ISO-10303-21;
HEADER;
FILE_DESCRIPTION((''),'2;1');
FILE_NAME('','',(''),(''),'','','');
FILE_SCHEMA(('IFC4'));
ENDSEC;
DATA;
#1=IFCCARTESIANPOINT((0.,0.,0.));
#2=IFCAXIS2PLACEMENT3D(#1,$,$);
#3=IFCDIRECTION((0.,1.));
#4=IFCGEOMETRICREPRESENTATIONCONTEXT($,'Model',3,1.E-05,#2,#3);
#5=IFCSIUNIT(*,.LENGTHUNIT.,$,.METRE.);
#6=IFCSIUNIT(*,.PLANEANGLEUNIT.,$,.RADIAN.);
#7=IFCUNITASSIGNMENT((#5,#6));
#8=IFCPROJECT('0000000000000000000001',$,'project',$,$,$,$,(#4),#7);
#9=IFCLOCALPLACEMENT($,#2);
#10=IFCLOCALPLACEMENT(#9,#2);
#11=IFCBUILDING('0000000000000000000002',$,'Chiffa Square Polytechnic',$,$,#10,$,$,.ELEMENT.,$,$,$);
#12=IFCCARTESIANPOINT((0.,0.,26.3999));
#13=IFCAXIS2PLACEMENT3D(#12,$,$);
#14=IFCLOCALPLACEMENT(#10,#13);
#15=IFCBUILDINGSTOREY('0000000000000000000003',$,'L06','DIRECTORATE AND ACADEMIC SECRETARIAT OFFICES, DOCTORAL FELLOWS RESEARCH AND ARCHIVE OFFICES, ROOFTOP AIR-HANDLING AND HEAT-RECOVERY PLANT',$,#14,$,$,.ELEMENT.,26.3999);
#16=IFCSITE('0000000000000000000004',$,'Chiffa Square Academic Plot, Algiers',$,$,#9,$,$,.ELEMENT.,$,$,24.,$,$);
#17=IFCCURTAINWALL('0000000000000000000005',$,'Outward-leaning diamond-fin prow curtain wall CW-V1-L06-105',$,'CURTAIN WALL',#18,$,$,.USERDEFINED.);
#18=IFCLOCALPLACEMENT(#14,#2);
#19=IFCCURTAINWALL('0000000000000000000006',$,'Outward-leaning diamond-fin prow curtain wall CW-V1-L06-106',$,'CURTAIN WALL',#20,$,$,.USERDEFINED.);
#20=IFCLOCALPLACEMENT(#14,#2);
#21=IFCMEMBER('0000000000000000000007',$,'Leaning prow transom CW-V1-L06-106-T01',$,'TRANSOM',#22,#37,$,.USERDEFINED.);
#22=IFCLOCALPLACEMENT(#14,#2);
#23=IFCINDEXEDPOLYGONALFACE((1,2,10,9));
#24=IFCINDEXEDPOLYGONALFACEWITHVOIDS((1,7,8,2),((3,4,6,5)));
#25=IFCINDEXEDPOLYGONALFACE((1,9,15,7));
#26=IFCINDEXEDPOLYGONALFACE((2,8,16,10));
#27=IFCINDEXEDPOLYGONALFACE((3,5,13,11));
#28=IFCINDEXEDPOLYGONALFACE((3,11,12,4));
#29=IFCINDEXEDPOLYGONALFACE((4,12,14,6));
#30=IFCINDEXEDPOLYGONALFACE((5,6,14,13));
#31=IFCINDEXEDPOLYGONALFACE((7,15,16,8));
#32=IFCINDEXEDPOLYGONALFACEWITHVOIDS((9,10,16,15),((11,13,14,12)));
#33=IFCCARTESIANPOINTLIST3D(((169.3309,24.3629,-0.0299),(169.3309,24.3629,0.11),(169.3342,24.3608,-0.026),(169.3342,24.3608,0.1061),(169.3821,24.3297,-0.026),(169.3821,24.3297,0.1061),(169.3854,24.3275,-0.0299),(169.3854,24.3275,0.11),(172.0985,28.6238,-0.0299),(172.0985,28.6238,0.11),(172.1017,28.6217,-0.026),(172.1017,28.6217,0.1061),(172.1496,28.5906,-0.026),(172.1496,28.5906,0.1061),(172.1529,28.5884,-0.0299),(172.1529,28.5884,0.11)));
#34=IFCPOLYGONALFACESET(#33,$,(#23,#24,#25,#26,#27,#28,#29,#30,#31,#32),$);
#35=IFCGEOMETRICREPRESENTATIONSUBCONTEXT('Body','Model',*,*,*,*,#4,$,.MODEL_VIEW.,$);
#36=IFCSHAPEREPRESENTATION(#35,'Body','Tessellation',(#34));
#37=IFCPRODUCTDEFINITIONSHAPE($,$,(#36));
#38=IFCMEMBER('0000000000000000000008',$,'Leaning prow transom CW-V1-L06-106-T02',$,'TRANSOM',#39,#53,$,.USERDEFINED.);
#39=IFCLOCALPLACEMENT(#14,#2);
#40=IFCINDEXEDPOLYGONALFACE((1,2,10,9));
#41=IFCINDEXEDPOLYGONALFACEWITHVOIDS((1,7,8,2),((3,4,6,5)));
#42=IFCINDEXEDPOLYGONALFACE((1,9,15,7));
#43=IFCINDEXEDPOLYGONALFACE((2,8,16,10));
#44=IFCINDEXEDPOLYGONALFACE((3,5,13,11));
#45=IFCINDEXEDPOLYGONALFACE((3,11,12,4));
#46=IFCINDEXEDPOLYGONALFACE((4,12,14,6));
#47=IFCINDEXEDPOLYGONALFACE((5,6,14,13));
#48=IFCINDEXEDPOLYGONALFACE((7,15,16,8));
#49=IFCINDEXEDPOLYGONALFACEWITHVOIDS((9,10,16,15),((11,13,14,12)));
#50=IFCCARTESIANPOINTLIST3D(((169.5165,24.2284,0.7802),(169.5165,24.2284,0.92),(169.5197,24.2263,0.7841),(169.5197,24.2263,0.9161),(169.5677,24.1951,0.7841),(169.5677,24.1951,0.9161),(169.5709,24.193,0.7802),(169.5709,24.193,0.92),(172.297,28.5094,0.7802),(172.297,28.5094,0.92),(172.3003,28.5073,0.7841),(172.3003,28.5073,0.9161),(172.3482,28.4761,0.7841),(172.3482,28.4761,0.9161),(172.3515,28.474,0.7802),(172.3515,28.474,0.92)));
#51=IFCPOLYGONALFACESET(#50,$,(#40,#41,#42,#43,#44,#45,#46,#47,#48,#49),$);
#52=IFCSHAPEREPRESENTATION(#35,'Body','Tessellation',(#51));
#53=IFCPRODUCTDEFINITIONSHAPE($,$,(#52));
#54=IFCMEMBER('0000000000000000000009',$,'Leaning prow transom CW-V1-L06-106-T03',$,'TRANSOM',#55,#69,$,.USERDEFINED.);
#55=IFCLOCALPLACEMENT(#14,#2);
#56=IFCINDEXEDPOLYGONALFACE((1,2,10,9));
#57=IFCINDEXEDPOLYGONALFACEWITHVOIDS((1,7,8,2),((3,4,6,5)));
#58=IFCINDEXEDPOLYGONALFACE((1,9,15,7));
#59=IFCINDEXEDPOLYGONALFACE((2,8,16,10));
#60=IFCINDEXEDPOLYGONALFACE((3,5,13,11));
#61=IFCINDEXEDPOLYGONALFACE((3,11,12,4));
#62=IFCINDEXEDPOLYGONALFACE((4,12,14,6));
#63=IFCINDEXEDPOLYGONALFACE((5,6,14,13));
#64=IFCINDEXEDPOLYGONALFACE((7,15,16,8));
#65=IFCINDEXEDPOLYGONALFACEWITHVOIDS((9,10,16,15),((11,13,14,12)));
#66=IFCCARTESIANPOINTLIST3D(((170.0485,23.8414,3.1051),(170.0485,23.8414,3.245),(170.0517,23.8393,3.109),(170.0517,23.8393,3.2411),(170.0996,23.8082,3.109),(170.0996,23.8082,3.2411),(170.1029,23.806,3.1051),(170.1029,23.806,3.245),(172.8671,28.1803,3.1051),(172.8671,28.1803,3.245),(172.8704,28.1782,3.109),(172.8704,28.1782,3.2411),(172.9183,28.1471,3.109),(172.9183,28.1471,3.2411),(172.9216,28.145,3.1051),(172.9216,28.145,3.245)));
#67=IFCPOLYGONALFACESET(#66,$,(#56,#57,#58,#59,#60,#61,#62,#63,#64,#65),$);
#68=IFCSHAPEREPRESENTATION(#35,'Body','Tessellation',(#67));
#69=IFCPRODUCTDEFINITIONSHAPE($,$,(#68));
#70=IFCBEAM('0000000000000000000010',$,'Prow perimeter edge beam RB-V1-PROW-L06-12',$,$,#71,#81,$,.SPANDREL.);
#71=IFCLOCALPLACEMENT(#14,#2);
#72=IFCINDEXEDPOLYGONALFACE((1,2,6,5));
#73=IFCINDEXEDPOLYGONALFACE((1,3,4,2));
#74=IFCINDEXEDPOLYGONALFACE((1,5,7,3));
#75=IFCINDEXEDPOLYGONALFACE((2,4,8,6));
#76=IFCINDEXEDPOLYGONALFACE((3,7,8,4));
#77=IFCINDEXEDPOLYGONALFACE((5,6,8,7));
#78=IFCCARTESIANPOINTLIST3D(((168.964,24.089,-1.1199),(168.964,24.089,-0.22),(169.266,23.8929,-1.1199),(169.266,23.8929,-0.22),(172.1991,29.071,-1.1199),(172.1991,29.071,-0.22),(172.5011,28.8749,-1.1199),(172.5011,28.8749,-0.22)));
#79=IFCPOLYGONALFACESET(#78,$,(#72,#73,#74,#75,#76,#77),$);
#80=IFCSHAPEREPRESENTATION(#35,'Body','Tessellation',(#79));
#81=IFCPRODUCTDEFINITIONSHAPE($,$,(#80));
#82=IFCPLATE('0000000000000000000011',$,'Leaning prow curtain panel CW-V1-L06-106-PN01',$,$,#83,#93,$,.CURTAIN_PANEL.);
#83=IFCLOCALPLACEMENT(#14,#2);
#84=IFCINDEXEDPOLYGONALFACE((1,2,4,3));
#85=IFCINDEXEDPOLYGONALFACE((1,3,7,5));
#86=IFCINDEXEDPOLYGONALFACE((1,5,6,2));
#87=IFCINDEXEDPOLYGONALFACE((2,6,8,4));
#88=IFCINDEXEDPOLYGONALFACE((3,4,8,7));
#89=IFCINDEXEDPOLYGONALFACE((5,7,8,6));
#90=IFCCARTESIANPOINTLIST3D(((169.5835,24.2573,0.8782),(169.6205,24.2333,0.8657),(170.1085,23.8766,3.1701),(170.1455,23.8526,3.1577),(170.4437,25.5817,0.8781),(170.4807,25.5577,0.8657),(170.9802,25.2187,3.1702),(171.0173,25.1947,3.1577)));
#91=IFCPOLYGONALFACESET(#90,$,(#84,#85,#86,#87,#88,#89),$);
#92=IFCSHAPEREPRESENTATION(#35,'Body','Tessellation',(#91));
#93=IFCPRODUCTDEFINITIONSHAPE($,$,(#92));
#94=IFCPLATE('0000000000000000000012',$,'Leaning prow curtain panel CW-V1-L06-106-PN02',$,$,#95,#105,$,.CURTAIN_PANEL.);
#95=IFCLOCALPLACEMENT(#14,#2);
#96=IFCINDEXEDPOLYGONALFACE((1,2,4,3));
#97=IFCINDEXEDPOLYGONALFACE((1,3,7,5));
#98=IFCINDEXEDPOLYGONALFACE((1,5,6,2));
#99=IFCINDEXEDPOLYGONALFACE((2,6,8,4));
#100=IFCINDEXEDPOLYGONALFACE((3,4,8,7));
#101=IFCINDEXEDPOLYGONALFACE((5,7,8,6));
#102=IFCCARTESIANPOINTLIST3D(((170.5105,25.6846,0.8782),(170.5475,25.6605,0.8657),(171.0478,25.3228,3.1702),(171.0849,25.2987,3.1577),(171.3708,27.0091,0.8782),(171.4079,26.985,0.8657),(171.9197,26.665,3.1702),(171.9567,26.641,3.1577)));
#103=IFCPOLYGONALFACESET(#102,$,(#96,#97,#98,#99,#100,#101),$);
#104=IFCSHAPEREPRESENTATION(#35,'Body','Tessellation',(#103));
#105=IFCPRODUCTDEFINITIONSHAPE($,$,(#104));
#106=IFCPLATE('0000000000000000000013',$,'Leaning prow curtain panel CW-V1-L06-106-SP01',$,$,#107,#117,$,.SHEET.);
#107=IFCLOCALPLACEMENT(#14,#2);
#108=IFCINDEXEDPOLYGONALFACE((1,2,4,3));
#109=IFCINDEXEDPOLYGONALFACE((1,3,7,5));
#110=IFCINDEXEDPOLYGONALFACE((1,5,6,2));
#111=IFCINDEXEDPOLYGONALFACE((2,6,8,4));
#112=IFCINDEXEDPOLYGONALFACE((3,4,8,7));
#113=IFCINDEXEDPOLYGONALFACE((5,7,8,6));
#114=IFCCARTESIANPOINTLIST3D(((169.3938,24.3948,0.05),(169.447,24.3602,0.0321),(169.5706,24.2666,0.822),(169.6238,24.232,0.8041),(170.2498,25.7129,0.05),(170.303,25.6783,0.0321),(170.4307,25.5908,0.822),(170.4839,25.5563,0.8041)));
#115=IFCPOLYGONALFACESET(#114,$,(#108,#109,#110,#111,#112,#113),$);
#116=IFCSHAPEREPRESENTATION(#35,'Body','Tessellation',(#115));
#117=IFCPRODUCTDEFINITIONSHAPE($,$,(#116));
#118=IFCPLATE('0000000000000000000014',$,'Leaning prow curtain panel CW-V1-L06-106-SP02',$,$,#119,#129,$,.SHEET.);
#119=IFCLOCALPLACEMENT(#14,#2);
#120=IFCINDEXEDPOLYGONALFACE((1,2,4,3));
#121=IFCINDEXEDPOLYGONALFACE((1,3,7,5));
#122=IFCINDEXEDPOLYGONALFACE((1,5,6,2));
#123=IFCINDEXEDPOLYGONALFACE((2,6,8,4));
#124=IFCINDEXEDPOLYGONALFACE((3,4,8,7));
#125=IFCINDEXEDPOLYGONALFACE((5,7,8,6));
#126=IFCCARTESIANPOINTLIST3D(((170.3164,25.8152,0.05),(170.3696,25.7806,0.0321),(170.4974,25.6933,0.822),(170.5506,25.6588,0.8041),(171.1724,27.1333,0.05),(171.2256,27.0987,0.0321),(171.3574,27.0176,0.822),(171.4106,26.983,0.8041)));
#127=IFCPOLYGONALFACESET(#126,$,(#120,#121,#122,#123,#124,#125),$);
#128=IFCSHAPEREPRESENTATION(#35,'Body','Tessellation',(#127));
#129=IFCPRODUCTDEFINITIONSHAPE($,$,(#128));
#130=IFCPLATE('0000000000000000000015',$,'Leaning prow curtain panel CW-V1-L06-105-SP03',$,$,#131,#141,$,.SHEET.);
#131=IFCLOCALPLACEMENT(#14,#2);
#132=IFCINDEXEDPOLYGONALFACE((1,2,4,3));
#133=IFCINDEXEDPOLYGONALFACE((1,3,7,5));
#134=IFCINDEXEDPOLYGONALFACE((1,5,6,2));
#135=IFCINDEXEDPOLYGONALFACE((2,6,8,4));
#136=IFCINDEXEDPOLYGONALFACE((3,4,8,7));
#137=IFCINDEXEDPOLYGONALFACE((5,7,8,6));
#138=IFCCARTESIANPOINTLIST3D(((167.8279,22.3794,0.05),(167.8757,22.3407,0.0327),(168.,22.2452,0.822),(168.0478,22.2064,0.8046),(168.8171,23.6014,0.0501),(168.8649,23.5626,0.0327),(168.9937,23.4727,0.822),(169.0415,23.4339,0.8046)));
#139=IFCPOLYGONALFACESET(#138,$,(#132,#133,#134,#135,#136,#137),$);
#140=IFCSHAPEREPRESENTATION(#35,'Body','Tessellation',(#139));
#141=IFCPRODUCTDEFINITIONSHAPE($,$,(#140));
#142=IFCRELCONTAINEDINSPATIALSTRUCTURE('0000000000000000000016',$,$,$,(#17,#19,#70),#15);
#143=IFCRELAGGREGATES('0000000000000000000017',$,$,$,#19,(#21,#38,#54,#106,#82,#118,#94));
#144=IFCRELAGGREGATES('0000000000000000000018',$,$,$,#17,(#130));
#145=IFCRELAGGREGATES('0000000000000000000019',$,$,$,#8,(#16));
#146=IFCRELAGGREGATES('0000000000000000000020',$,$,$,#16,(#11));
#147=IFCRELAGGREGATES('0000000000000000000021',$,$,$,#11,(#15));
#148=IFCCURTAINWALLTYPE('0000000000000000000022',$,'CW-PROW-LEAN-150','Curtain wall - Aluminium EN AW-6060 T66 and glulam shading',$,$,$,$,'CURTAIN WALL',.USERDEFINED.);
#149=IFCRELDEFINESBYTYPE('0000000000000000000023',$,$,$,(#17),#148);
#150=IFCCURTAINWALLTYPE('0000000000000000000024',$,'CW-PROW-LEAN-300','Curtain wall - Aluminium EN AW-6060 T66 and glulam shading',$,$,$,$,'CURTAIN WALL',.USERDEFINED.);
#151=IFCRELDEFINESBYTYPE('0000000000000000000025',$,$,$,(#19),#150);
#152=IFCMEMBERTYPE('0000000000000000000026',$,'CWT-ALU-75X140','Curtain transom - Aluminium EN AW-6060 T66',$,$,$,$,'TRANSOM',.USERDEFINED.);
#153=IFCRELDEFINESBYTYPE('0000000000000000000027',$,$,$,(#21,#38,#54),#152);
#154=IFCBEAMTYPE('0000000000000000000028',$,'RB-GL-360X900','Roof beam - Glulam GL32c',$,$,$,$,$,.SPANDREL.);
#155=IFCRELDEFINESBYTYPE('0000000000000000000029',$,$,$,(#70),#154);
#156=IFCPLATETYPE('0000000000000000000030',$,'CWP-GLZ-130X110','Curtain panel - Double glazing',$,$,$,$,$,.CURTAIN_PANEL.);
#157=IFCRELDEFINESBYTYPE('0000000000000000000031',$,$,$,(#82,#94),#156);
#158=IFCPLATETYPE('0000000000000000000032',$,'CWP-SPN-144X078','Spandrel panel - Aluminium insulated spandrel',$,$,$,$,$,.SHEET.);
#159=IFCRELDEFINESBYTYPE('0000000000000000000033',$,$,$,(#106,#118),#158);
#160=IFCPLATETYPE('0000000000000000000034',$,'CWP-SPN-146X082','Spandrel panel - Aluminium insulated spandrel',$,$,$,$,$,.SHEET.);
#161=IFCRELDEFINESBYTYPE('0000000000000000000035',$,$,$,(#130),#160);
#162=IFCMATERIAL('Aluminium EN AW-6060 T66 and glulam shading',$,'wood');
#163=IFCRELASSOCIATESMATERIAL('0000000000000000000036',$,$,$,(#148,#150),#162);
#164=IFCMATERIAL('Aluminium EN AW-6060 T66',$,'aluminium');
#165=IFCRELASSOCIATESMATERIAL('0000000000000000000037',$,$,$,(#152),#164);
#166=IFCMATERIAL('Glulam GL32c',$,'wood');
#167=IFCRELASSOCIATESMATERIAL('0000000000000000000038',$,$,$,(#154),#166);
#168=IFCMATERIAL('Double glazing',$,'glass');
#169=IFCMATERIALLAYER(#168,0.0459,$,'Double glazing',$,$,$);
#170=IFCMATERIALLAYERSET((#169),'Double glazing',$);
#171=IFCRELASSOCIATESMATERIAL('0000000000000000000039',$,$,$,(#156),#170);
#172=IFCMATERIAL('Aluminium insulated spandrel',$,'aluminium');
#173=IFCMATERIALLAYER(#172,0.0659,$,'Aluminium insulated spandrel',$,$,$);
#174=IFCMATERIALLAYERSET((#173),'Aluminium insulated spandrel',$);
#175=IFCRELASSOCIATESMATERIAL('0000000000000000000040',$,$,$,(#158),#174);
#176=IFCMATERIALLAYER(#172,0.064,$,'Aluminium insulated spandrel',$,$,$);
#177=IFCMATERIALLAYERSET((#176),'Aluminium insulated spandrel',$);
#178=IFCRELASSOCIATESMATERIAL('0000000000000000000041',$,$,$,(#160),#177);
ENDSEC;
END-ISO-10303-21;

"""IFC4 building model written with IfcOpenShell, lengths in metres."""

from ifc_helpers import new_model, si_unit, direction, frame, origin, origin_2d, place, context, subcontext, project, spatial, polyline, rectangle, hollow_rectangle, outline, extrude, material, layer, layer_set, material_profile, profile_set, type_object, element, aggregate, save


model = new_model("IFC4")

# Units and contexts
model_context = context("Model", 3, precision=1e-05, world=origin(), true_north=direction((0.0, 1.0)))
body_context = subcontext(model_context, "Body", "Model", "MODEL_VIEW")
ifc_project = project(units=[si_unit("LENGTHUNIT", "METRE"), si_unit("PLANEANGLEUNIT", "RADIAN")], contexts=[model_context])

# Site, building, storey
site_placement = place(None, origin())
site = spatial("IfcSite", under=ifc_project, at=site_placement, Name="Chiffa Square Academic Plot, Algiers", CompositionType="ELEMENT", RefElevation=24.0)
building_placement = place(site_placement, origin())
building = spatial("IfcBuilding", under=site, at=building_placement, Name="Chiffa Square Polytechnic", CompositionType="ELEMENT")
storey_placement = place(building_placement, frame((0.0, 0.0, 26.3999)))
storey = spatial("IfcBuildingStorey", under=building, at=storey_placement, Name="L06", Description="DIRECTORATE AND ACADEMIC SECRETARIAT OFFICES, DOCTORAL FELLOWS RESEARCH AND ARCHIVE OFFICES, ROOFTOP AIR-HANDLING AND HEAT-RECOVERY PLANT", CompositionType="ELEMENT", Elevation=26.3999)

# Shared definitions
ifc_material_1 = material(Name="Glulam GL32c", Category="wood")

# Curtain wall
ifc_material_2 = material(Name="Aluminium EN AW-6060 T66 and glulam shading", Category="wood")
curtain_wall_type_1 = type_object("IfcCurtainWallType", Name="CW-PROW-LEAN-150", Description="Curtain wall - Aluminium EN AW-6060 T66 and glulam shading", ElementType="CURTAIN WALL", PredefinedType="USERDEFINED", material=ifc_material_2)
curtain_wall_1_placement = place(storey_placement, origin())
curtain_wall_1 = element("IfcCurtainWall", 1, at=curtain_wall_1_placement, inside=storey, type_object=curtain_wall_type_1, Name="Outward-leaning diamond-fin prow curtain wall CW-V1-L06-105", ObjectType="CURTAIN WALL", PredefinedType="USERDEFINED")
ifc_material_3 = material(Name="Aluminium EN AW-6060 T66", Category="aluminium")

# Curtain wall
curtain_wall_type_2 = type_object("IfcCurtainWallType", Name="CW-PROW-LEAN-300", Description="Curtain wall - Aluminium EN AW-6060 T66 and glulam shading", ElementType="CURTAIN WALL", PredefinedType="USERDEFINED", material=ifc_material_2)
curtain_wall_2_placement = place(storey_placement, origin())
curtain_wall_2 = element("IfcCurtainWall", 2, at=curtain_wall_2_placement, inside=storey, type_object=curtain_wall_type_2, Name="Outward-leaning diamond-fin prow curtain wall CW-V1-L06-106", ObjectType="CURTAIN WALL", PredefinedType="USERDEFINED")

# Members
ifc_material_profile_1 = material_profile(ifc_material_3, hollow_rectangle(XDim=0.0649, YDim=0.1399, WallThickness=0.0039, at=origin_2d()), Name="ALU 65x140x4")
ifc_profile_set_1 = profile_set([ifc_material_profile_1], Name="Aluminium EN AW-6060 T66")
member_type_1 = type_object("IfcMemberType", Name="CWT-ALU-75X140", Description="Curtain transom - Aluminium EN AW-6060 T66", ElementType="TRANSOM", PredefinedType="USERDEFINED", material=ifc_profile_set_1)
member_1_placement = place(storey_placement, frame((169.3582, 24.3452, 0.04), z_axis=(0.544703, 0.838629, 0.0), x_axis=(-0.838629, 0.544703, 0.0)))
member_1 = element("IfcMember", 3, at=member_1_placement, type_object=member_type_1, Name="Leaning prow transom CW-V1-L06-106-T01", ObjectType="TRANSOM", PredefinedType="USERDEFINED", context=body_context, shape_type="SweptSolid", body=[
    extrude(hollow_rectangle(XDim=0.0649, YDim=0.1399, WallThickness=0.0039, at=origin_2d()), origin(), (0.0, 0.0, 1.0), 5.0808),
])
member_2_placement = place(storey_placement, frame((169.5437, 24.2107, 0.8501), z_axis=(0.544694, 0.838635, 0.0), x_axis=(-0.838635, 0.544694, 0.0)))
member_2 = element("IfcMember", 4, at=member_2_placement, type_object=member_type_1, Name="Leaning prow transom CW-V1-L06-106-T02", ObjectType="TRANSOM", PredefinedType="USERDEFINED", context=body_context, shape_type="SweptSolid", body=[
    extrude(hollow_rectangle(XDim=0.0649, YDim=0.1399, WallThickness=0.0039, at=origin_2d()), origin(), (0.0, 0.0, 1.0), 5.1047),
])
member_3_placement = place(storey_placement, frame((170.0757, 23.8237, 3.175), z_axis=(0.544763, 0.83859, 0.0), x_axis=(-0.83859, 0.544763, 0.0)))
member_3 = element("IfcMember", 5, at=member_3_placement, type_object=member_type_1, Name="Leaning prow transom CW-V1-L06-106-T03", ObjectType="TRANSOM", PredefinedType="USERDEFINED", context=body_context, shape_type="SweptSolid", body=[
    extrude(hollow_rectangle(XDim=0.0649, YDim=0.1399, WallThickness=0.0039, at=origin_2d()), origin(), (0.0, 0.0, 1.0), 5.1741),
])

# Beam
ifc_material_profile_2 = material_profile(ifc_material_1, rectangle(XDim=0.3601, YDim=0.8999, at=origin_2d()), Name="GL32c 360x900")
ifc_profile_set_2 = profile_set([ifc_material_profile_2], Name="Glulam GL32c")
beam_type = type_object("IfcBeamType", Name="RB-GL-360X900", Description="Roof beam - Glulam GL32c", PredefinedType="SPANDREL", material=ifc_profile_set_2)
beam_placement = place(storey_placement, frame((169.115, 23.991, -0.6699), z_axis=(0.544616, 0.838686, 0.0), x_axis=(-0.838686, 0.544616, 0.0)))
element("IfcBeam", 6, at=beam_placement, inside=storey, type_object=beam_type, Name="Prow perimeter edge beam RB-V1-PROW-L06-12", PredefinedType="SPANDREL", context=body_context, shape_type="SweptSolid", body=[
    extrude(rectangle(XDim=0.3601, YDim=0.8999, at=origin_2d()), origin(), (0.0, 0.0, 1.0), 5.9402),
])

# Plates
ifc_material_4 = material(Name="Double glazing", Category="glass")
ifc_layer_1 = layer(ifc_material_4, 0.0459, Name="Double glazing")
ifc_layer_set_1 = layer_set([ifc_layer_1], Name="Double glazing")
plate_type_1 = type_object("IfcPlateType", Name="CWP-GLZ-130X110", Description="Curtain panel - Double glazing", PredefinedType="CURTAIN_PANEL", material=ifc_layer_set_1)
plate_1_placement = place(storey_placement, frame((169.5835, 24.2573, 0.8782), z_axis=(-0.807029, 0.524177, 0.271922), x_axis=(0.544697, 0.838633, -0.000021)))
plate_1 = element("IfcPlate", 7, at=plate_1_placement, type_object=plate_type_1, Name="Leaning prow curtain panel CW-V1-L06-106-PN01", PredefinedType="CURTAIN_PANEL", context=body_context, shape_type="SweptSolid", body=[
    extrude(outline(polyline([(0.0, 0.0), (1.5792, 0.0), (1.567, -2.3818), (-0.0333, -2.3817), (0.0, 0.0)])), origin(), (0.0, 0.0, -1.0), 0.0459),
])
plate_2_placement = place(storey_placement, frame((170.5105, 25.6846, 0.8782), z_axis=(-0.807014, 0.524194, 0.271935), x_axis=(0.544723, 0.838616, 0.000007)))
plate_2 = element("IfcPlate", 8, at=plate_2_placement, type_object=plate_type_1, Name="Leaning prow curtain panel CW-V1-L06-106-PN02", PredefinedType="CURTAIN_PANEL", context=body_context, shape_type="SweptSolid", body=[
    extrude(outline(polyline([(0.0, 0.0), (1.5794, 0.0), (1.5899, -2.3817), (-0.0107, -2.3818), (0.0, 0.0)])), origin(), (0.0, 0.0, -1.0), 0.0459),
])
ifc_material_5 = material(Name="Aluminium insulated spandrel", Category="aluminium")
ifc_layer_2 = layer(ifc_material_5, 0.0659, Name="Aluminium insulated spandrel")
ifc_layer_set_2 = layer_set([ifc_layer_2], Name="Aluminium insulated spandrel")
plate_type_2 = type_object("IfcPlateType", Name="CWP-SPN-144X078", Description="Spandrel panel - Aluminium insulated spandrel", PredefinedType="SHEET", material=ifc_layer_set_2)
plate_3_placement = place(storey_placement, frame((169.3938, 24.3948, 0.05), z_axis=(-0.807055, 0.524142, 0.271914), x_axis=(0.544661, 0.838656, -0.000013)))
plate_3 = element("IfcPlate", 9, at=plate_3_placement, type_object=plate_type_2, Name="Leaning prow curtain panel CW-V1-L06-106-SP01", PredefinedType="SHEET", context=body_context, shape_type="SweptSolid", body=[
    extrude(outline(polyline([(0.0, 0.0), (1.5717, 0.0), (1.5678, -0.8022), (-0.0112, -0.8022), (0.0, 0.0)])), origin(), (0.0, 0.0, -1.0), 0.0659),
])
plate_4_placement = place(storey_placement, frame((170.3164, 25.8152, 0.05), z_axis=(-0.807049, 0.524138, 0.271941), x_axis=(0.544661, 0.838656, -0.000013)))
plate_4 = element("IfcPlate", 10, at=plate_4_placement, type_object=plate_type_2, Name="Leaning prow curtain panel CW-V1-L06-106-SP02", PredefinedType="SHEET", context=body_context, shape_type="SweptSolid", body=[
    extrude(outline(polyline([(0.0, 0.0), (1.5717, 0.0), (1.5754, -0.8022), (-0.0036, -0.8022), (0.0, 0.0)])), origin(), (0.0, 0.0, -1.0), 0.0659),
])
aggregate(curtain_wall_2, [member_1, member_2, member_3, plate_3, plate_1, plate_4, plate_2])
ifc_layer_3 = layer(ifc_material_5, 0.064, Name="Aluminium insulated spandrel")
ifc_layer_set_3 = layer_set([ifc_layer_3], Name="Aluminium insulated spandrel")
plate_type_3 = type_object("IfcPlateType", Name="CWP-SPN-146X082", Description="Spandrel panel - Aluminium insulated spandrel", PredefinedType="SHEET", material=ifc_layer_set_3)
plate_5_placement = place(storey_placement, frame((167.8279, 22.3794, 0.05), z_axis=(-0.747938, 0.605477, 0.272004), x_axis=(0.629203, 0.777241, 0.00001)))
plate_5 = element("IfcPlate", 11, at=plate_5_placement, type_object=plate_type_3, Name="Leaning prow curtain panel CW-V1-L06-105-SP03", PredefinedType="SHEET", context=body_context, shape_type="SweptSolid", body=[
    extrude(outline(polyline([(0.0, 0.0), (1.5722, 0.0), (1.5832, -0.8022), (0.0039, -0.8022), (0.0, 0.0)])), origin(), (0.0, 0.0, -1.0), 0.064),
])
aggregate(curtain_wall_1, [plate_5])

save(model, "model.ifc")
